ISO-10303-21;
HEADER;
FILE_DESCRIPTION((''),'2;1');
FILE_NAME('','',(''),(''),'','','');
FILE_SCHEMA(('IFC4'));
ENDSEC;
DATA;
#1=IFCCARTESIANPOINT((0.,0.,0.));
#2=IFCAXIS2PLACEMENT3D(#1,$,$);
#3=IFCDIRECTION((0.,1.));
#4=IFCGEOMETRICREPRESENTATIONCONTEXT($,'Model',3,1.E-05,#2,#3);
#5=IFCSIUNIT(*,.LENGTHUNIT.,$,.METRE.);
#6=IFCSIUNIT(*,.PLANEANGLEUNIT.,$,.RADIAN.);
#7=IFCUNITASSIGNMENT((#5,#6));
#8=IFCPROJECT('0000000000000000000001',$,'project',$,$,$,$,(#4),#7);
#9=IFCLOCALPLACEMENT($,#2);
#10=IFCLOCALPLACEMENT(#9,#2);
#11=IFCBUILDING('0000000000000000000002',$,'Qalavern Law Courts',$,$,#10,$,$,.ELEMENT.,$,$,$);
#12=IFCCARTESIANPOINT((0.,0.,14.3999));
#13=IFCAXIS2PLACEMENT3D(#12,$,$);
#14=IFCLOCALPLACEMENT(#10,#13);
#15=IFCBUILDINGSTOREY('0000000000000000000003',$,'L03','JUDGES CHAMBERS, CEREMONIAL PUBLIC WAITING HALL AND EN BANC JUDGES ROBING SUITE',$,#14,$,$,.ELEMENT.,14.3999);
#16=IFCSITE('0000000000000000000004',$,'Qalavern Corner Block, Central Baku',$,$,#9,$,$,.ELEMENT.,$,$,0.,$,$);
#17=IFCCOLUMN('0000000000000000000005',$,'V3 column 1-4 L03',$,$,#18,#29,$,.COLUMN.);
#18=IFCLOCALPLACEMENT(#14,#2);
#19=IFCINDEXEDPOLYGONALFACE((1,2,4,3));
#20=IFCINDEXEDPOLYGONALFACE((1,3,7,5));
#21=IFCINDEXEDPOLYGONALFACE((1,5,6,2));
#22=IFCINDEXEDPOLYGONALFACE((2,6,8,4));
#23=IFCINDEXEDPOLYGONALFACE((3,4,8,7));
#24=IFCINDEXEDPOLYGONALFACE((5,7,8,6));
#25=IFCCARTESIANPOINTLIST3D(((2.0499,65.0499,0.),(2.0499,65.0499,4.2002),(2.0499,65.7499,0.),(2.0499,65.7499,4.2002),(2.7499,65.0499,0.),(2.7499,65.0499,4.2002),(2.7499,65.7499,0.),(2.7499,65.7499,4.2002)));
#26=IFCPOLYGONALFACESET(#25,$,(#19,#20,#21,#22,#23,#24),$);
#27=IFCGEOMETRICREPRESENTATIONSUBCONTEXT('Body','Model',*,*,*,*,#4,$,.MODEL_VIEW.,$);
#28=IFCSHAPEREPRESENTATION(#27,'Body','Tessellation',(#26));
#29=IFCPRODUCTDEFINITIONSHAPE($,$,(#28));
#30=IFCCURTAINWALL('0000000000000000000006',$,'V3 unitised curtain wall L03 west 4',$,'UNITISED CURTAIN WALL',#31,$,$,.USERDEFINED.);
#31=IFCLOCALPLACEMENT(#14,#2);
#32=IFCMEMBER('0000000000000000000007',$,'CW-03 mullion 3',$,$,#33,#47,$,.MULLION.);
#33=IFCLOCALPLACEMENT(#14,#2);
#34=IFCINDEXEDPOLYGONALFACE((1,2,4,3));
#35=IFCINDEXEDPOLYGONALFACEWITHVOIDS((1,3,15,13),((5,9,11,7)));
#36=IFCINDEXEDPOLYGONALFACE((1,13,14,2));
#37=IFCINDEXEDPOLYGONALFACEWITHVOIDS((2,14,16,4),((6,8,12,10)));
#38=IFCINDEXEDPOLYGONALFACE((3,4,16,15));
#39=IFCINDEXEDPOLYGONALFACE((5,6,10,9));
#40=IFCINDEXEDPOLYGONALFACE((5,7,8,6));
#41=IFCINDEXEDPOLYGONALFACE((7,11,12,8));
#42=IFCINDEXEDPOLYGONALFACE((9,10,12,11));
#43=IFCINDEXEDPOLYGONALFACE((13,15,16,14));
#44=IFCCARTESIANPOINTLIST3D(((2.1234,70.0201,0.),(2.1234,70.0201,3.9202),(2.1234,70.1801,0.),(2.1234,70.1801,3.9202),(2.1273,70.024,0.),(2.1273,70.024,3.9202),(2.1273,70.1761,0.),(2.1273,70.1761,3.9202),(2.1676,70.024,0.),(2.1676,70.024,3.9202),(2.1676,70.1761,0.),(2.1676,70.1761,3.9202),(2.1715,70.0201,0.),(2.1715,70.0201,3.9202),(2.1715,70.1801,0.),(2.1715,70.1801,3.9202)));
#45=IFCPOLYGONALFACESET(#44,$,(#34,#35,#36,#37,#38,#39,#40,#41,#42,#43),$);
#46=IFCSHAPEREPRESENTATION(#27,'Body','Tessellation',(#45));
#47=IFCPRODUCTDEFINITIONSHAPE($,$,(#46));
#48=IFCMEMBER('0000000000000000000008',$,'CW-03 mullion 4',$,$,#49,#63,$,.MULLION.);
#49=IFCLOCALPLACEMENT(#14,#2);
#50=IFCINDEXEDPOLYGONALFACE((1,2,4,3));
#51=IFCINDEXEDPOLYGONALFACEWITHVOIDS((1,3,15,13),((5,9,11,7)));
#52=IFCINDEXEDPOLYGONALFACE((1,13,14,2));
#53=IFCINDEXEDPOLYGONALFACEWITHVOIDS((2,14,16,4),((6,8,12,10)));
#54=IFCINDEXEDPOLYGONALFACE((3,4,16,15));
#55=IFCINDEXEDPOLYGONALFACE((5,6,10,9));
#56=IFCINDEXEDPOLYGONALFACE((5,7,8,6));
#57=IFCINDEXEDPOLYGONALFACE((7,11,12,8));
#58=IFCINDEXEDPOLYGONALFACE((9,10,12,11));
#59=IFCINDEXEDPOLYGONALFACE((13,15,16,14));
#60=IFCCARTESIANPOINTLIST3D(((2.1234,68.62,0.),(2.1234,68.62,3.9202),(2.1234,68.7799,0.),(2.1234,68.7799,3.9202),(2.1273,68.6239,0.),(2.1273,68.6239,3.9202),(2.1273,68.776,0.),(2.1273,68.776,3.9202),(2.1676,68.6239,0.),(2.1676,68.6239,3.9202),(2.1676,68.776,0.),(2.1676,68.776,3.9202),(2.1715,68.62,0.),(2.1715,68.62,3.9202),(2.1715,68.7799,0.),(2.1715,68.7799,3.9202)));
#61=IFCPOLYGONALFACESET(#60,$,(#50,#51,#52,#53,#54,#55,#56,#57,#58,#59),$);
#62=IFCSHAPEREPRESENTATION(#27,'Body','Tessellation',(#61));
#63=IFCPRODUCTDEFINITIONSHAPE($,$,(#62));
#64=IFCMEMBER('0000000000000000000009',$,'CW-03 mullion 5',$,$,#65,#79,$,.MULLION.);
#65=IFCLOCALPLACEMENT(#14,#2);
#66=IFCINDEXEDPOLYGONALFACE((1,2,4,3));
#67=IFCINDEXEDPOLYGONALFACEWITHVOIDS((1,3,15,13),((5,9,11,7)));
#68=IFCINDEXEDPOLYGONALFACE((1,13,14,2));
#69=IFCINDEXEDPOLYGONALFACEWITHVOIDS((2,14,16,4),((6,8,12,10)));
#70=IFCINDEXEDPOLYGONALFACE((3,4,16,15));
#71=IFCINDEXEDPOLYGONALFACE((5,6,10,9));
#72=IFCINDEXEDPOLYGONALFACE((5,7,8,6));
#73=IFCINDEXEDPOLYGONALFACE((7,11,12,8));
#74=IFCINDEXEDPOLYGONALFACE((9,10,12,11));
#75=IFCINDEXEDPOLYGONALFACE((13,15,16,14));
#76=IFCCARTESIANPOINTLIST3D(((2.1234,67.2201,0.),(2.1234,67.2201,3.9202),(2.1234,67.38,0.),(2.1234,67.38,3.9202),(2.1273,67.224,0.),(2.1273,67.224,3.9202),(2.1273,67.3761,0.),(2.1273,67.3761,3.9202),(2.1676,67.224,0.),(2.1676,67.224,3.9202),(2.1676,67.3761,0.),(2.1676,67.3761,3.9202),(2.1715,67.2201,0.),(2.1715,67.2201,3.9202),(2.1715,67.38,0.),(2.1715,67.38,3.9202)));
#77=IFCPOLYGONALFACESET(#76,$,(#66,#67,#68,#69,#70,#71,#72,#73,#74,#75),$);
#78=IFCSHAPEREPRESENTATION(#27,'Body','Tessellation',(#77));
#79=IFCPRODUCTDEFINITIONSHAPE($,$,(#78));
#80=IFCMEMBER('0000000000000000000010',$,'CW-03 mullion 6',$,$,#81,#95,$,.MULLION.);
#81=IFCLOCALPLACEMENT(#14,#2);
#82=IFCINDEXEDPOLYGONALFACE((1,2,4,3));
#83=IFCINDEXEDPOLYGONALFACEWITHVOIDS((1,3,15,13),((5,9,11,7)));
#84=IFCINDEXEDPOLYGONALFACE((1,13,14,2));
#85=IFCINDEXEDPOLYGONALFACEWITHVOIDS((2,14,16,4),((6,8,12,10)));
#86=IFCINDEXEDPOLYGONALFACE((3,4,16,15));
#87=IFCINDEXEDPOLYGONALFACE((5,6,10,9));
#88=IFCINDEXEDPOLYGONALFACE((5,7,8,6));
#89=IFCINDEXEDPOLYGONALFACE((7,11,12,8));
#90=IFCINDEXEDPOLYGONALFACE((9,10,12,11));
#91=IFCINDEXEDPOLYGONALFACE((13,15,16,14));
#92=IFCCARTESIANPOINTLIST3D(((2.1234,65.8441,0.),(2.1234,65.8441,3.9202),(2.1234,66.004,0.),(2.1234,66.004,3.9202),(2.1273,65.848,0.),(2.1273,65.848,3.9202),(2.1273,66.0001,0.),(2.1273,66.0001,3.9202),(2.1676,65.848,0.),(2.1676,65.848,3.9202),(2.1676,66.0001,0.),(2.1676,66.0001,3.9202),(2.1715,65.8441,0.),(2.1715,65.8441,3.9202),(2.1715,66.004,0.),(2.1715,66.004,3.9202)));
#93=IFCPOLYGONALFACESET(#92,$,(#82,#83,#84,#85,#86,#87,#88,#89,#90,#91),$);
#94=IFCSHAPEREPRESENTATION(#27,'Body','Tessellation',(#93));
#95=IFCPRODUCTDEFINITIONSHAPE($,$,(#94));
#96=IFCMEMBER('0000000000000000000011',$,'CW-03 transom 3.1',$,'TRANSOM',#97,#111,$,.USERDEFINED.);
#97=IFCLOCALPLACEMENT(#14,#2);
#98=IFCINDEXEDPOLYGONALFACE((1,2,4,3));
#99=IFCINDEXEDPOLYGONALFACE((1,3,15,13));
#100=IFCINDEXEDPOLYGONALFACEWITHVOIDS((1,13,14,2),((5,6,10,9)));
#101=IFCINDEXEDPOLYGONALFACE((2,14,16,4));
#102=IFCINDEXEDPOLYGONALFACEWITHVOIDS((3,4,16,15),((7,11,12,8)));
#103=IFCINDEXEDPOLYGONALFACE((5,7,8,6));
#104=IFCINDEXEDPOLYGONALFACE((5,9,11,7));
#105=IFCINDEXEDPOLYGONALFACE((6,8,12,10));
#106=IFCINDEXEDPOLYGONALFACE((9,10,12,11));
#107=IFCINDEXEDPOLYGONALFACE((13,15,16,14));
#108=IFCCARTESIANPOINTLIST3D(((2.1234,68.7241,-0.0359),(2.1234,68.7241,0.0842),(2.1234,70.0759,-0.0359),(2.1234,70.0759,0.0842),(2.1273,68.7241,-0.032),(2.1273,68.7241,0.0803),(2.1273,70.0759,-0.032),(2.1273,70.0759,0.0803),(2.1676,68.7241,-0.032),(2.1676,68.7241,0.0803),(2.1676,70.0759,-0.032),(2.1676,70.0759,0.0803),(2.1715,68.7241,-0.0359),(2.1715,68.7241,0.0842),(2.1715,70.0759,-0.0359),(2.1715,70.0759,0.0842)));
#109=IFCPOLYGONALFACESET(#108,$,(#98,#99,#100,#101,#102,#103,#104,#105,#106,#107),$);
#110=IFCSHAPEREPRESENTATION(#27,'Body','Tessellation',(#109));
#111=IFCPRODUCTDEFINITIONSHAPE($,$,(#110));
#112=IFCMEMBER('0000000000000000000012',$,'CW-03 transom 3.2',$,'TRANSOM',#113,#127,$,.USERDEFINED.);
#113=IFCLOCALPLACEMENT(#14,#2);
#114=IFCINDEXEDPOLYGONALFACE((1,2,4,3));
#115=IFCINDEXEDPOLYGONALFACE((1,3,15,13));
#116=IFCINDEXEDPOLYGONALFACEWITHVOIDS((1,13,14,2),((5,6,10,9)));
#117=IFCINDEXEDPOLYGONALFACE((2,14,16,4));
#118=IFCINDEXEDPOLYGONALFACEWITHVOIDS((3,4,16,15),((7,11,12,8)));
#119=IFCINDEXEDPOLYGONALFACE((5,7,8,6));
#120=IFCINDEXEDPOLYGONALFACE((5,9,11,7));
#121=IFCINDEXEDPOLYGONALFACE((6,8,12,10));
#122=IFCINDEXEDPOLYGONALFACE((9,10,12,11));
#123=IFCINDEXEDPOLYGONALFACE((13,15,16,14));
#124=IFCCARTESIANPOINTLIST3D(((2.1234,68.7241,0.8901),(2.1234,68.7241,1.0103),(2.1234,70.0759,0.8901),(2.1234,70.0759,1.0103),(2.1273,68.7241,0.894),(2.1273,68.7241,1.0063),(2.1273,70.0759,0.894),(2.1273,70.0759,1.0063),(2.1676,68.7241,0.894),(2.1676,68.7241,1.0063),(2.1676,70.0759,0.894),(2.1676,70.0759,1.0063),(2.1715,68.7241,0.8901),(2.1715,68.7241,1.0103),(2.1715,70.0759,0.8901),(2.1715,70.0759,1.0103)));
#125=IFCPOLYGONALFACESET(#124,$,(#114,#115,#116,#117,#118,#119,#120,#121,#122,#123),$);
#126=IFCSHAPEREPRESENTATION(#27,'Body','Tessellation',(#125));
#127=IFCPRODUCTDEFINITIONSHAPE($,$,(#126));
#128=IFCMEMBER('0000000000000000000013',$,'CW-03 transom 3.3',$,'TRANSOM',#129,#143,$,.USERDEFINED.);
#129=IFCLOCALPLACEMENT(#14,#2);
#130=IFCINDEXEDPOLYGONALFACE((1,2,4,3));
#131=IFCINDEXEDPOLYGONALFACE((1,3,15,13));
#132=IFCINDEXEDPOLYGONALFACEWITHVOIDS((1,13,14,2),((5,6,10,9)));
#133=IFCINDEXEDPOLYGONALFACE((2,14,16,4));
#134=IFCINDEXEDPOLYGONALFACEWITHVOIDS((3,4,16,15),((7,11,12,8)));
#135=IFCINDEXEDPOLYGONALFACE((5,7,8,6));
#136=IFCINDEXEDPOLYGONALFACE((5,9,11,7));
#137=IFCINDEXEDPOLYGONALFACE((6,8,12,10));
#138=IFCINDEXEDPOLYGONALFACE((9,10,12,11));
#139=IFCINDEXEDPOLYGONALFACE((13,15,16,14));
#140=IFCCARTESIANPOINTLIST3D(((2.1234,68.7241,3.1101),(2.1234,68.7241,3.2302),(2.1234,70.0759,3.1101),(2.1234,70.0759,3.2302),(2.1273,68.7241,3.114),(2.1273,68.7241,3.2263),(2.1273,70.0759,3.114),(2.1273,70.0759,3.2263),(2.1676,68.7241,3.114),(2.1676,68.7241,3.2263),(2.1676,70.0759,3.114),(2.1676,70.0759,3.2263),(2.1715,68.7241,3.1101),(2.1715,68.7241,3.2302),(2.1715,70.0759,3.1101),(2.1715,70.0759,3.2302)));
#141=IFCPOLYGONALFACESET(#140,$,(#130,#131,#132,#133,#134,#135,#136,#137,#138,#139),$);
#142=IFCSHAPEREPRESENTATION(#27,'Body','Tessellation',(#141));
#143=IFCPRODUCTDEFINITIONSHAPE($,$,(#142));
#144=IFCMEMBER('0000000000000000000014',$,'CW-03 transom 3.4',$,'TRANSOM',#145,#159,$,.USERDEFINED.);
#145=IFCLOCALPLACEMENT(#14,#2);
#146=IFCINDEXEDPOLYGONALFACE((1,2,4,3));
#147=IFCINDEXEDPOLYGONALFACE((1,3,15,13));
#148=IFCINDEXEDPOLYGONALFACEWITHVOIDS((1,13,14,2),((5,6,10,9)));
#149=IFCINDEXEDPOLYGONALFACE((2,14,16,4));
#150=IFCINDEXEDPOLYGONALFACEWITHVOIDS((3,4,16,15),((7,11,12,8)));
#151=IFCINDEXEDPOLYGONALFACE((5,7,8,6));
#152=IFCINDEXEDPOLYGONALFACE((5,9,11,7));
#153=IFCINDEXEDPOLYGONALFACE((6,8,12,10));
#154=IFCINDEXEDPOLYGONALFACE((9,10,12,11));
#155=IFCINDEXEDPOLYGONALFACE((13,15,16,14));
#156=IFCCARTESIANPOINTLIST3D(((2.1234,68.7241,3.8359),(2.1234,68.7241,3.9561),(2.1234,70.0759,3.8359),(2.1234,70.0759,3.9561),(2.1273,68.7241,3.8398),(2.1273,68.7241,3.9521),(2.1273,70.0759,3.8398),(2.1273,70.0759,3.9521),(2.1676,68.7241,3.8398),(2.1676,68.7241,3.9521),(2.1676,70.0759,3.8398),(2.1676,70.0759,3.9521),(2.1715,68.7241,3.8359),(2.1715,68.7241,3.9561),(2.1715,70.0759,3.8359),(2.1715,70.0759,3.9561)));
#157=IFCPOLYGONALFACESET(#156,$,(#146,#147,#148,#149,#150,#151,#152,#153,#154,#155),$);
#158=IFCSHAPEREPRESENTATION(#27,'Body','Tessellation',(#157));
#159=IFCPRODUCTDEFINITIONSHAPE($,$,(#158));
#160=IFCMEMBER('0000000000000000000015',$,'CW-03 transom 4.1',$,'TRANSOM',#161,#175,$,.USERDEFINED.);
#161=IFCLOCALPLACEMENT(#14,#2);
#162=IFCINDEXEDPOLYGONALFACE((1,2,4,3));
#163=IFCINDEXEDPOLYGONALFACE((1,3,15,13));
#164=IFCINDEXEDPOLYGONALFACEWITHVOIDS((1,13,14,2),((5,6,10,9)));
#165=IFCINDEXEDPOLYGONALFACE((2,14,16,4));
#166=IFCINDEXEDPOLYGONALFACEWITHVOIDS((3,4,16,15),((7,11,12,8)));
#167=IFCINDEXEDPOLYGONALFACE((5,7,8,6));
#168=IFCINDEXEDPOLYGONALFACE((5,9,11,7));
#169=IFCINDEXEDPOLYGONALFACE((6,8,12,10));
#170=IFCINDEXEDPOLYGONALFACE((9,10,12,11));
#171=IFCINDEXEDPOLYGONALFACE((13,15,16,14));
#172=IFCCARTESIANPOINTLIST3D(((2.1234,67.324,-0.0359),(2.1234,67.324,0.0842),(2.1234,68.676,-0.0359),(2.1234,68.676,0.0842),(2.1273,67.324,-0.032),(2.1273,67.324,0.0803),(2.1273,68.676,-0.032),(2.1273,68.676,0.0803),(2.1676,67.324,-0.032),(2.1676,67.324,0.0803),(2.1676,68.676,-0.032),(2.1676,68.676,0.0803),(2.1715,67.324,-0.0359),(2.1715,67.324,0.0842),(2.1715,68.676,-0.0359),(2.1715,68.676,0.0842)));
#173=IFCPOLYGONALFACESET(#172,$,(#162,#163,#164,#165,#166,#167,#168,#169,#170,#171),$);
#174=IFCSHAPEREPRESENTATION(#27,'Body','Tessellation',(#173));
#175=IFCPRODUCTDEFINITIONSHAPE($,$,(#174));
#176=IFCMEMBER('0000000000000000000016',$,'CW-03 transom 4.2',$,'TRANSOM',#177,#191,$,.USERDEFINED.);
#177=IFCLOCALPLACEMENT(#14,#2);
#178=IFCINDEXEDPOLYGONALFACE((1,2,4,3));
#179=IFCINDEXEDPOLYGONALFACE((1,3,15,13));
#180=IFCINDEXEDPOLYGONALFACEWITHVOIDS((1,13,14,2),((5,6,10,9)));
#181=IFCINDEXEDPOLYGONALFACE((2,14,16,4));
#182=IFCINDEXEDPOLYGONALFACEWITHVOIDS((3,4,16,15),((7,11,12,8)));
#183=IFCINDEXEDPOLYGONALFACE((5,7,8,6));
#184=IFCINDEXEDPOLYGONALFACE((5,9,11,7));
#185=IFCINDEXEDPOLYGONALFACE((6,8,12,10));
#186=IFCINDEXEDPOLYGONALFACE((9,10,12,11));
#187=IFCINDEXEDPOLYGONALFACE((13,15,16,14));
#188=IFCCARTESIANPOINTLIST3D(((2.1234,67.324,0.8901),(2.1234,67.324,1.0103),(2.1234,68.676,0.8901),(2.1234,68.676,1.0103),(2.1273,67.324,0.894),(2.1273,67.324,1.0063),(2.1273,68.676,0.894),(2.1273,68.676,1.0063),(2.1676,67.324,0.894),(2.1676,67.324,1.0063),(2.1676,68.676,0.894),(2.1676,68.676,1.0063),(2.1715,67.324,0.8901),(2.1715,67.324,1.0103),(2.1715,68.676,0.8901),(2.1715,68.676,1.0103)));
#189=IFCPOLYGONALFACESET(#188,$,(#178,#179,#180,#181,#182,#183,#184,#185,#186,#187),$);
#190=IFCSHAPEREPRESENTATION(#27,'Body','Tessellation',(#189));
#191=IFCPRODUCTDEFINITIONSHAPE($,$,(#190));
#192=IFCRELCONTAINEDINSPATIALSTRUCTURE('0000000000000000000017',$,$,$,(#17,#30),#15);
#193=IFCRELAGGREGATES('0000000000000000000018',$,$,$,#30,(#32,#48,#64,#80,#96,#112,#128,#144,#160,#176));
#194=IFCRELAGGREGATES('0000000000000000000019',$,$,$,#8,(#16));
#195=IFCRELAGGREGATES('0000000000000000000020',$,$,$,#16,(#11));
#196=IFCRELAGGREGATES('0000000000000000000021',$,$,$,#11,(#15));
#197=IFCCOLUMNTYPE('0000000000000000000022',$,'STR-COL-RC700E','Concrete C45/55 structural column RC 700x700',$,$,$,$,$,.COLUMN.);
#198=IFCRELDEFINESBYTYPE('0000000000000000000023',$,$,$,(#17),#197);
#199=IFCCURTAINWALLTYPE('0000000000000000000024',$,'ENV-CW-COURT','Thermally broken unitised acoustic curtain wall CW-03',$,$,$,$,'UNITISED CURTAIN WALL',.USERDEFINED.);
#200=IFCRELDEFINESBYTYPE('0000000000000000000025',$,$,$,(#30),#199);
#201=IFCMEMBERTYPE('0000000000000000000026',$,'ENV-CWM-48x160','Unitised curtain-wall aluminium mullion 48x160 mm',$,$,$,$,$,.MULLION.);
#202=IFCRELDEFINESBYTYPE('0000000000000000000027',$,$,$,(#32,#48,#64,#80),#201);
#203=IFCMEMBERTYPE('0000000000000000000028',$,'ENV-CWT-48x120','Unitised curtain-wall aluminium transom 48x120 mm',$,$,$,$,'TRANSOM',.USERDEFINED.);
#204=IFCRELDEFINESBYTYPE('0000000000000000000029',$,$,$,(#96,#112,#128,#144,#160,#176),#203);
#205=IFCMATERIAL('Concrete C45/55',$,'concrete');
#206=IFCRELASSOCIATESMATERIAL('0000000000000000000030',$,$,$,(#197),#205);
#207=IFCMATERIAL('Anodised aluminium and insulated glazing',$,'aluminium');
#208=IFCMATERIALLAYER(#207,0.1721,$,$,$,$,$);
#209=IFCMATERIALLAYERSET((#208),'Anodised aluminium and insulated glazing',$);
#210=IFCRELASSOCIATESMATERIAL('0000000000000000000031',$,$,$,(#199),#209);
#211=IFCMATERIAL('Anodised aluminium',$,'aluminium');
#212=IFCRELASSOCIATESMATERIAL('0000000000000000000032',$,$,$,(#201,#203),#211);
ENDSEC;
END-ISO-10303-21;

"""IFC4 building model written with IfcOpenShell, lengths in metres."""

from ifc_helpers import new_model, si_unit, direction, frame, origin, origin_2d, place, context, subcontext, project, spatial, rectangle, hollow_rectangle, extrude, material, layer, layer_set, material_profile, profile_set, type_object, element, aggregate, save


model = new_model("IFC4")

# Units and contexts
model_context = context("Model", 3, precision=1e-05, world=origin(), true_north=direction((0.0, 1.0)))
body_context = subcontext(model_context, "Body", "Model", "MODEL_VIEW")
ifc_project = project(units=[si_unit("LENGTHUNIT", "METRE"), si_unit("PLANEANGLEUNIT", "RADIAN")], contexts=[model_context])

# Site, building, storey
site_placement = place(None, origin())
site = spatial("IfcSite", under=ifc_project, at=site_placement, Name="Qalavern Corner Block, Central Baku", CompositionType="ELEMENT", RefElevation=0.0)
building_placement = place(site_placement, origin())
building = spatial("IfcBuilding", under=site, at=building_placement, Name="Qalavern Law Courts", CompositionType="ELEMENT")
storey_placement = place(building_placement, frame((0.0, 0.0, 14.3999)))
storey = spatial("IfcBuildingStorey", under=building, at=storey_placement, Name="L03", Description="JUDGES CHAMBERS, CEREMONIAL PUBLIC WAITING HALL AND EN BANC JUDGES ROBING SUITE", CompositionType="ELEMENT", Elevation=14.3999)

# Column
ifc_material_1 = material(Name="Concrete C45/55", Category="concrete")
ifc_material_profile_1 = material_profile(ifc_material_1, rectangle(XDim=0.7, YDim=0.7, at=origin_2d()), Name="RC 700x700")
ifc_profile_set_1 = profile_set([ifc_material_profile_1], Name="Concrete C45/55")
column_type = type_object("IfcColumnType", Name="STR-COL-RC700E", Description="Concrete C45/55 structural column RC 700x700", PredefinedType="COLUMN", material=ifc_profile_set_1)
column_placement = place(storey_placement, frame((2.3999, 65.3999, 0.0), z_axis=(0.0, 0.0, 1.0), x_axis=(1.0, 0.0, 0.0)))
element("IfcColumn", 1, at=column_placement, inside=storey, type_object=column_type, Name="V3 column 1-4 L03", PredefinedType="COLUMN", context=body_context, shape_type="SweptSolid", body=[
    extrude(rectangle(XDim=0.7, YDim=0.7, at=origin_2d()), origin(), (0.0, 0.0, 1.0), 4.2002),
])

# Curtain wall, members
ifc_material_2 = material(Name="Anodised aluminium and insulated glazing", Category="aluminium")
ifc_layer_1 = layer(ifc_material_2, 0.1721)
ifc_layer_set_1 = layer_set([ifc_layer_1], Name="Anodised aluminium and insulated glazing")
curtain_wall_type = type_object("IfcCurtainWallType", Name="ENV-CW-COURT", Description="Thermally broken unitised acoustic curtain wall CW-03", ElementType="UNITISED CURTAIN WALL", PredefinedType="USERDEFINED", material=ifc_layer_set_1)
curtain_wall_placement = place(storey_placement, origin())
curtain_wall = element("IfcCurtainWall", 2, at=curtain_wall_placement, inside=storey, type_object=curtain_wall_type, Name="V3 unitised curtain wall L03 west 4", ObjectType="UNITISED CURTAIN WALL", PredefinedType="USERDEFINED")
ifc_material_3 = material(Name="Anodised aluminium", Category="aluminium")
ifc_material_profile_2 = material_profile(ifc_material_3, hollow_rectangle(XDim=0.0481, YDim=0.1599, WallThickness=0.0039, at=origin_2d()), Name="ALU MULLION 48x160")
ifc_profile_set_2 = profile_set([ifc_material_profile_2], Name="Anodised aluminium")
member_type_1 = type_object("IfcMemberType", Name="ENV-CWM-48x160", Description="Unitised curtain-wall aluminium mullion 48x160 mm", PredefinedType="MULLION", material=ifc_profile_set_2)
member_1_placement = place(storey_placement, frame((2.1475, 70.1001, 0.0), z_axis=(0.0, 0.0, 1.0), x_axis=(1.0, 0.0, 0.0)))
member_1 = element("IfcMember", 3, at=member_1_placement, type_object=member_type_1, Name="CW-03 mullion 3", PredefinedType="MULLION", context=body_context, shape_type="SweptSolid", body=[
    extrude(hollow_rectangle(XDim=0.0481, YDim=0.1599, WallThickness=0.0039, at=origin_2d()), origin(), (0.0, 0.0, 1.0), 3.9202),
])
member_2_placement = place(storey_placement, frame((2.1475, 68.7, 0.0), z_axis=(0.0, 0.0, 1.0), x_axis=(1.0, 0.0, 0.0)))
member_2 = element("IfcMember", 4, at=member_2_placement, type_object=member_type_1, Name="CW-03 mullion 4", PredefinedType="MULLION", context=body_context, shape_type="SweptSolid", body=[
    extrude(hollow_rectangle(XDim=0.0481, YDim=0.1599, WallThickness=0.0039, at=origin_2d()), origin(), (0.0, 0.0, 1.0), 3.9202),
])
member_3_placement = place(storey_placement, frame((2.1475, 67.3, 0.0), z_axis=(0.0, 0.0, 1.0), x_axis=(1.0, 0.0, 0.0)))
member_3 = element("IfcMember", 5, at=member_3_placement, type_object=member_type_1, Name="CW-03 mullion 5", PredefinedType="MULLION", context=body_context, shape_type="SweptSolid", body=[
    extrude(hollow_rectangle(XDim=0.0481, YDim=0.1599, WallThickness=0.0039, at=origin_2d()), origin(), (0.0, 0.0, 1.0), 3.9202),
])
member_4_placement = place(storey_placement, frame((2.1475, 65.9241, 0.0), z_axis=(0.0, 0.0, 1.0), x_axis=(1.0, 0.0, 0.0)))
member_4 = element("IfcMember", 6, at=member_4_placement, type_object=member_type_1, Name="CW-03 mullion 6", PredefinedType="MULLION", context=body_context, shape_type="SweptSolid", body=[
    extrude(hollow_rectangle(XDim=0.0481, YDim=0.1599, WallThickness=0.0039, at=origin_2d()), origin(), (0.0, 0.0, 1.0), 3.9202),
])
ifc_material_profile_3 = material_profile(ifc_material_3, hollow_rectangle(XDim=0.0481, YDim=0.1201, WallThickness=0.0039, at=origin_2d()), Name="ALU TRANSOM 48x120")
ifc_profile_set_3 = profile_set([ifc_material_profile_3], Name="Anodised aluminium")
member_type_2 = type_object("IfcMemberType", Name="ENV-CWT-48x120", Description="Unitised curtain-wall aluminium transom 48x120 mm", ElementType="TRANSOM", PredefinedType="USERDEFINED", material=ifc_profile_set_3)
member_5_placement = place(storey_placement, frame((2.1475, 70.0759, 0.0242), z_axis=(0.0, -1.0, 0.0), x_axis=(1.0, 0.0, 0.0)))
member_5 = element("IfcMember", 7, at=member_5_placement, type_object=member_type_2, Name="CW-03 transom 3.1", ObjectType="TRANSOM", PredefinedType="USERDEFINED", context=body_context, shape_type="SweptSolid", body=[
    extrude(hollow_rectangle(XDim=0.0481, YDim=0.1201, WallThickness=0.0039, at=origin_2d()), origin(), (0.0, 0.0, 1.0), 1.3518),
])
member_6_placement = place(storey_placement, frame((2.1475, 70.0759, 0.9502), z_axis=(0.0, -1.0, 0.0), x_axis=(1.0, 0.0, 0.0)))
member_6 = element("IfcMember", 8, at=member_6_placement, type_object=member_type_2, Name="CW-03 transom 3.2", ObjectType="TRANSOM", PredefinedType="USERDEFINED", context=body_context, shape_type="SweptSolid", body=[
    extrude(hollow_rectangle(XDim=0.0481, YDim=0.1201, WallThickness=0.0039, at=origin_2d()), origin(), (0.0, 0.0, 1.0), 1.3518),
])
member_7_placement = place(storey_placement, frame((2.1475, 70.0759, 3.1702), z_axis=(0.0, -1.0, 0.0), x_axis=(1.0, 0.0, 0.0)))
member_7 = element("IfcMember", 9, at=member_7_placement, type_object=member_type_2, Name="CW-03 transom 3.3", ObjectType="TRANSOM", PredefinedType="USERDEFINED", context=body_context, shape_type="SweptSolid", body=[
    extrude(hollow_rectangle(XDim=0.0481, YDim=0.1201, WallThickness=0.0039, at=origin_2d()), origin(), (0.0, 0.0, 1.0), 1.3518),
])
member_8_placement = place(storey_placement, frame((2.1475, 70.0759, 3.896), z_axis=(0.0, -1.0, 0.0), x_axis=(1.0, 0.0, 0.0)))
member_8 = element("IfcMember", 10, at=member_8_placement, type_object=member_type_2, Name="CW-03 transom 3.4", ObjectType="TRANSOM", PredefinedType="USERDEFINED", context=body_context, shape_type="SweptSolid", body=[
    extrude(hollow_rectangle(XDim=0.0481, YDim=0.1201, WallThickness=0.0039, at=origin_2d()), origin(), (0.0, 0.0, 1.0), 1.3518),
])
member_9_placement = place(storey_placement, frame((2.1475, 68.676, 0.0242), z_axis=(0.0, -1.0, 0.0), x_axis=(1.0, 0.0, 0.0)))
member_9 = element("IfcMember", 11, at=member_9_placement, type_object=member_type_2, Name="CW-03 transom 4.1", ObjectType="TRANSOM", PredefinedType="USERDEFINED", context=body_context, shape_type="SweptSolid", body=[
    extrude(hollow_rectangle(XDim=0.0481, YDim=0.1201, WallThickness=0.0039, at=origin_2d()), origin(), (0.0, 0.0, 1.0), 1.3521),
])
member_10_placement = place(storey_placement, frame((2.1475, 68.676, 0.9502), z_axis=(0.0, -1.0, 0.0), x_axis=(1.0, 0.0, 0.0)))
member_10 = element("IfcMember", 12, at=member_10_placement, type_object=member_type_2, Name="CW-03 transom 4.2", ObjectType="TRANSOM", PredefinedType="USERDEFINED", context=body_context, shape_type="SweptSolid", body=[
    extrude(hollow_rectangle(XDim=0.0481, YDim=0.1201, WallThickness=0.0039, at=origin_2d()), origin(), (0.0, 0.0, 1.0), 1.3521),
])

aggregate(curtain_wall, [member_1, member_2, member_3, member_4, member_5, member_6, member_7, member_8, member_9, member_10])

save(model, "model.ifc")
